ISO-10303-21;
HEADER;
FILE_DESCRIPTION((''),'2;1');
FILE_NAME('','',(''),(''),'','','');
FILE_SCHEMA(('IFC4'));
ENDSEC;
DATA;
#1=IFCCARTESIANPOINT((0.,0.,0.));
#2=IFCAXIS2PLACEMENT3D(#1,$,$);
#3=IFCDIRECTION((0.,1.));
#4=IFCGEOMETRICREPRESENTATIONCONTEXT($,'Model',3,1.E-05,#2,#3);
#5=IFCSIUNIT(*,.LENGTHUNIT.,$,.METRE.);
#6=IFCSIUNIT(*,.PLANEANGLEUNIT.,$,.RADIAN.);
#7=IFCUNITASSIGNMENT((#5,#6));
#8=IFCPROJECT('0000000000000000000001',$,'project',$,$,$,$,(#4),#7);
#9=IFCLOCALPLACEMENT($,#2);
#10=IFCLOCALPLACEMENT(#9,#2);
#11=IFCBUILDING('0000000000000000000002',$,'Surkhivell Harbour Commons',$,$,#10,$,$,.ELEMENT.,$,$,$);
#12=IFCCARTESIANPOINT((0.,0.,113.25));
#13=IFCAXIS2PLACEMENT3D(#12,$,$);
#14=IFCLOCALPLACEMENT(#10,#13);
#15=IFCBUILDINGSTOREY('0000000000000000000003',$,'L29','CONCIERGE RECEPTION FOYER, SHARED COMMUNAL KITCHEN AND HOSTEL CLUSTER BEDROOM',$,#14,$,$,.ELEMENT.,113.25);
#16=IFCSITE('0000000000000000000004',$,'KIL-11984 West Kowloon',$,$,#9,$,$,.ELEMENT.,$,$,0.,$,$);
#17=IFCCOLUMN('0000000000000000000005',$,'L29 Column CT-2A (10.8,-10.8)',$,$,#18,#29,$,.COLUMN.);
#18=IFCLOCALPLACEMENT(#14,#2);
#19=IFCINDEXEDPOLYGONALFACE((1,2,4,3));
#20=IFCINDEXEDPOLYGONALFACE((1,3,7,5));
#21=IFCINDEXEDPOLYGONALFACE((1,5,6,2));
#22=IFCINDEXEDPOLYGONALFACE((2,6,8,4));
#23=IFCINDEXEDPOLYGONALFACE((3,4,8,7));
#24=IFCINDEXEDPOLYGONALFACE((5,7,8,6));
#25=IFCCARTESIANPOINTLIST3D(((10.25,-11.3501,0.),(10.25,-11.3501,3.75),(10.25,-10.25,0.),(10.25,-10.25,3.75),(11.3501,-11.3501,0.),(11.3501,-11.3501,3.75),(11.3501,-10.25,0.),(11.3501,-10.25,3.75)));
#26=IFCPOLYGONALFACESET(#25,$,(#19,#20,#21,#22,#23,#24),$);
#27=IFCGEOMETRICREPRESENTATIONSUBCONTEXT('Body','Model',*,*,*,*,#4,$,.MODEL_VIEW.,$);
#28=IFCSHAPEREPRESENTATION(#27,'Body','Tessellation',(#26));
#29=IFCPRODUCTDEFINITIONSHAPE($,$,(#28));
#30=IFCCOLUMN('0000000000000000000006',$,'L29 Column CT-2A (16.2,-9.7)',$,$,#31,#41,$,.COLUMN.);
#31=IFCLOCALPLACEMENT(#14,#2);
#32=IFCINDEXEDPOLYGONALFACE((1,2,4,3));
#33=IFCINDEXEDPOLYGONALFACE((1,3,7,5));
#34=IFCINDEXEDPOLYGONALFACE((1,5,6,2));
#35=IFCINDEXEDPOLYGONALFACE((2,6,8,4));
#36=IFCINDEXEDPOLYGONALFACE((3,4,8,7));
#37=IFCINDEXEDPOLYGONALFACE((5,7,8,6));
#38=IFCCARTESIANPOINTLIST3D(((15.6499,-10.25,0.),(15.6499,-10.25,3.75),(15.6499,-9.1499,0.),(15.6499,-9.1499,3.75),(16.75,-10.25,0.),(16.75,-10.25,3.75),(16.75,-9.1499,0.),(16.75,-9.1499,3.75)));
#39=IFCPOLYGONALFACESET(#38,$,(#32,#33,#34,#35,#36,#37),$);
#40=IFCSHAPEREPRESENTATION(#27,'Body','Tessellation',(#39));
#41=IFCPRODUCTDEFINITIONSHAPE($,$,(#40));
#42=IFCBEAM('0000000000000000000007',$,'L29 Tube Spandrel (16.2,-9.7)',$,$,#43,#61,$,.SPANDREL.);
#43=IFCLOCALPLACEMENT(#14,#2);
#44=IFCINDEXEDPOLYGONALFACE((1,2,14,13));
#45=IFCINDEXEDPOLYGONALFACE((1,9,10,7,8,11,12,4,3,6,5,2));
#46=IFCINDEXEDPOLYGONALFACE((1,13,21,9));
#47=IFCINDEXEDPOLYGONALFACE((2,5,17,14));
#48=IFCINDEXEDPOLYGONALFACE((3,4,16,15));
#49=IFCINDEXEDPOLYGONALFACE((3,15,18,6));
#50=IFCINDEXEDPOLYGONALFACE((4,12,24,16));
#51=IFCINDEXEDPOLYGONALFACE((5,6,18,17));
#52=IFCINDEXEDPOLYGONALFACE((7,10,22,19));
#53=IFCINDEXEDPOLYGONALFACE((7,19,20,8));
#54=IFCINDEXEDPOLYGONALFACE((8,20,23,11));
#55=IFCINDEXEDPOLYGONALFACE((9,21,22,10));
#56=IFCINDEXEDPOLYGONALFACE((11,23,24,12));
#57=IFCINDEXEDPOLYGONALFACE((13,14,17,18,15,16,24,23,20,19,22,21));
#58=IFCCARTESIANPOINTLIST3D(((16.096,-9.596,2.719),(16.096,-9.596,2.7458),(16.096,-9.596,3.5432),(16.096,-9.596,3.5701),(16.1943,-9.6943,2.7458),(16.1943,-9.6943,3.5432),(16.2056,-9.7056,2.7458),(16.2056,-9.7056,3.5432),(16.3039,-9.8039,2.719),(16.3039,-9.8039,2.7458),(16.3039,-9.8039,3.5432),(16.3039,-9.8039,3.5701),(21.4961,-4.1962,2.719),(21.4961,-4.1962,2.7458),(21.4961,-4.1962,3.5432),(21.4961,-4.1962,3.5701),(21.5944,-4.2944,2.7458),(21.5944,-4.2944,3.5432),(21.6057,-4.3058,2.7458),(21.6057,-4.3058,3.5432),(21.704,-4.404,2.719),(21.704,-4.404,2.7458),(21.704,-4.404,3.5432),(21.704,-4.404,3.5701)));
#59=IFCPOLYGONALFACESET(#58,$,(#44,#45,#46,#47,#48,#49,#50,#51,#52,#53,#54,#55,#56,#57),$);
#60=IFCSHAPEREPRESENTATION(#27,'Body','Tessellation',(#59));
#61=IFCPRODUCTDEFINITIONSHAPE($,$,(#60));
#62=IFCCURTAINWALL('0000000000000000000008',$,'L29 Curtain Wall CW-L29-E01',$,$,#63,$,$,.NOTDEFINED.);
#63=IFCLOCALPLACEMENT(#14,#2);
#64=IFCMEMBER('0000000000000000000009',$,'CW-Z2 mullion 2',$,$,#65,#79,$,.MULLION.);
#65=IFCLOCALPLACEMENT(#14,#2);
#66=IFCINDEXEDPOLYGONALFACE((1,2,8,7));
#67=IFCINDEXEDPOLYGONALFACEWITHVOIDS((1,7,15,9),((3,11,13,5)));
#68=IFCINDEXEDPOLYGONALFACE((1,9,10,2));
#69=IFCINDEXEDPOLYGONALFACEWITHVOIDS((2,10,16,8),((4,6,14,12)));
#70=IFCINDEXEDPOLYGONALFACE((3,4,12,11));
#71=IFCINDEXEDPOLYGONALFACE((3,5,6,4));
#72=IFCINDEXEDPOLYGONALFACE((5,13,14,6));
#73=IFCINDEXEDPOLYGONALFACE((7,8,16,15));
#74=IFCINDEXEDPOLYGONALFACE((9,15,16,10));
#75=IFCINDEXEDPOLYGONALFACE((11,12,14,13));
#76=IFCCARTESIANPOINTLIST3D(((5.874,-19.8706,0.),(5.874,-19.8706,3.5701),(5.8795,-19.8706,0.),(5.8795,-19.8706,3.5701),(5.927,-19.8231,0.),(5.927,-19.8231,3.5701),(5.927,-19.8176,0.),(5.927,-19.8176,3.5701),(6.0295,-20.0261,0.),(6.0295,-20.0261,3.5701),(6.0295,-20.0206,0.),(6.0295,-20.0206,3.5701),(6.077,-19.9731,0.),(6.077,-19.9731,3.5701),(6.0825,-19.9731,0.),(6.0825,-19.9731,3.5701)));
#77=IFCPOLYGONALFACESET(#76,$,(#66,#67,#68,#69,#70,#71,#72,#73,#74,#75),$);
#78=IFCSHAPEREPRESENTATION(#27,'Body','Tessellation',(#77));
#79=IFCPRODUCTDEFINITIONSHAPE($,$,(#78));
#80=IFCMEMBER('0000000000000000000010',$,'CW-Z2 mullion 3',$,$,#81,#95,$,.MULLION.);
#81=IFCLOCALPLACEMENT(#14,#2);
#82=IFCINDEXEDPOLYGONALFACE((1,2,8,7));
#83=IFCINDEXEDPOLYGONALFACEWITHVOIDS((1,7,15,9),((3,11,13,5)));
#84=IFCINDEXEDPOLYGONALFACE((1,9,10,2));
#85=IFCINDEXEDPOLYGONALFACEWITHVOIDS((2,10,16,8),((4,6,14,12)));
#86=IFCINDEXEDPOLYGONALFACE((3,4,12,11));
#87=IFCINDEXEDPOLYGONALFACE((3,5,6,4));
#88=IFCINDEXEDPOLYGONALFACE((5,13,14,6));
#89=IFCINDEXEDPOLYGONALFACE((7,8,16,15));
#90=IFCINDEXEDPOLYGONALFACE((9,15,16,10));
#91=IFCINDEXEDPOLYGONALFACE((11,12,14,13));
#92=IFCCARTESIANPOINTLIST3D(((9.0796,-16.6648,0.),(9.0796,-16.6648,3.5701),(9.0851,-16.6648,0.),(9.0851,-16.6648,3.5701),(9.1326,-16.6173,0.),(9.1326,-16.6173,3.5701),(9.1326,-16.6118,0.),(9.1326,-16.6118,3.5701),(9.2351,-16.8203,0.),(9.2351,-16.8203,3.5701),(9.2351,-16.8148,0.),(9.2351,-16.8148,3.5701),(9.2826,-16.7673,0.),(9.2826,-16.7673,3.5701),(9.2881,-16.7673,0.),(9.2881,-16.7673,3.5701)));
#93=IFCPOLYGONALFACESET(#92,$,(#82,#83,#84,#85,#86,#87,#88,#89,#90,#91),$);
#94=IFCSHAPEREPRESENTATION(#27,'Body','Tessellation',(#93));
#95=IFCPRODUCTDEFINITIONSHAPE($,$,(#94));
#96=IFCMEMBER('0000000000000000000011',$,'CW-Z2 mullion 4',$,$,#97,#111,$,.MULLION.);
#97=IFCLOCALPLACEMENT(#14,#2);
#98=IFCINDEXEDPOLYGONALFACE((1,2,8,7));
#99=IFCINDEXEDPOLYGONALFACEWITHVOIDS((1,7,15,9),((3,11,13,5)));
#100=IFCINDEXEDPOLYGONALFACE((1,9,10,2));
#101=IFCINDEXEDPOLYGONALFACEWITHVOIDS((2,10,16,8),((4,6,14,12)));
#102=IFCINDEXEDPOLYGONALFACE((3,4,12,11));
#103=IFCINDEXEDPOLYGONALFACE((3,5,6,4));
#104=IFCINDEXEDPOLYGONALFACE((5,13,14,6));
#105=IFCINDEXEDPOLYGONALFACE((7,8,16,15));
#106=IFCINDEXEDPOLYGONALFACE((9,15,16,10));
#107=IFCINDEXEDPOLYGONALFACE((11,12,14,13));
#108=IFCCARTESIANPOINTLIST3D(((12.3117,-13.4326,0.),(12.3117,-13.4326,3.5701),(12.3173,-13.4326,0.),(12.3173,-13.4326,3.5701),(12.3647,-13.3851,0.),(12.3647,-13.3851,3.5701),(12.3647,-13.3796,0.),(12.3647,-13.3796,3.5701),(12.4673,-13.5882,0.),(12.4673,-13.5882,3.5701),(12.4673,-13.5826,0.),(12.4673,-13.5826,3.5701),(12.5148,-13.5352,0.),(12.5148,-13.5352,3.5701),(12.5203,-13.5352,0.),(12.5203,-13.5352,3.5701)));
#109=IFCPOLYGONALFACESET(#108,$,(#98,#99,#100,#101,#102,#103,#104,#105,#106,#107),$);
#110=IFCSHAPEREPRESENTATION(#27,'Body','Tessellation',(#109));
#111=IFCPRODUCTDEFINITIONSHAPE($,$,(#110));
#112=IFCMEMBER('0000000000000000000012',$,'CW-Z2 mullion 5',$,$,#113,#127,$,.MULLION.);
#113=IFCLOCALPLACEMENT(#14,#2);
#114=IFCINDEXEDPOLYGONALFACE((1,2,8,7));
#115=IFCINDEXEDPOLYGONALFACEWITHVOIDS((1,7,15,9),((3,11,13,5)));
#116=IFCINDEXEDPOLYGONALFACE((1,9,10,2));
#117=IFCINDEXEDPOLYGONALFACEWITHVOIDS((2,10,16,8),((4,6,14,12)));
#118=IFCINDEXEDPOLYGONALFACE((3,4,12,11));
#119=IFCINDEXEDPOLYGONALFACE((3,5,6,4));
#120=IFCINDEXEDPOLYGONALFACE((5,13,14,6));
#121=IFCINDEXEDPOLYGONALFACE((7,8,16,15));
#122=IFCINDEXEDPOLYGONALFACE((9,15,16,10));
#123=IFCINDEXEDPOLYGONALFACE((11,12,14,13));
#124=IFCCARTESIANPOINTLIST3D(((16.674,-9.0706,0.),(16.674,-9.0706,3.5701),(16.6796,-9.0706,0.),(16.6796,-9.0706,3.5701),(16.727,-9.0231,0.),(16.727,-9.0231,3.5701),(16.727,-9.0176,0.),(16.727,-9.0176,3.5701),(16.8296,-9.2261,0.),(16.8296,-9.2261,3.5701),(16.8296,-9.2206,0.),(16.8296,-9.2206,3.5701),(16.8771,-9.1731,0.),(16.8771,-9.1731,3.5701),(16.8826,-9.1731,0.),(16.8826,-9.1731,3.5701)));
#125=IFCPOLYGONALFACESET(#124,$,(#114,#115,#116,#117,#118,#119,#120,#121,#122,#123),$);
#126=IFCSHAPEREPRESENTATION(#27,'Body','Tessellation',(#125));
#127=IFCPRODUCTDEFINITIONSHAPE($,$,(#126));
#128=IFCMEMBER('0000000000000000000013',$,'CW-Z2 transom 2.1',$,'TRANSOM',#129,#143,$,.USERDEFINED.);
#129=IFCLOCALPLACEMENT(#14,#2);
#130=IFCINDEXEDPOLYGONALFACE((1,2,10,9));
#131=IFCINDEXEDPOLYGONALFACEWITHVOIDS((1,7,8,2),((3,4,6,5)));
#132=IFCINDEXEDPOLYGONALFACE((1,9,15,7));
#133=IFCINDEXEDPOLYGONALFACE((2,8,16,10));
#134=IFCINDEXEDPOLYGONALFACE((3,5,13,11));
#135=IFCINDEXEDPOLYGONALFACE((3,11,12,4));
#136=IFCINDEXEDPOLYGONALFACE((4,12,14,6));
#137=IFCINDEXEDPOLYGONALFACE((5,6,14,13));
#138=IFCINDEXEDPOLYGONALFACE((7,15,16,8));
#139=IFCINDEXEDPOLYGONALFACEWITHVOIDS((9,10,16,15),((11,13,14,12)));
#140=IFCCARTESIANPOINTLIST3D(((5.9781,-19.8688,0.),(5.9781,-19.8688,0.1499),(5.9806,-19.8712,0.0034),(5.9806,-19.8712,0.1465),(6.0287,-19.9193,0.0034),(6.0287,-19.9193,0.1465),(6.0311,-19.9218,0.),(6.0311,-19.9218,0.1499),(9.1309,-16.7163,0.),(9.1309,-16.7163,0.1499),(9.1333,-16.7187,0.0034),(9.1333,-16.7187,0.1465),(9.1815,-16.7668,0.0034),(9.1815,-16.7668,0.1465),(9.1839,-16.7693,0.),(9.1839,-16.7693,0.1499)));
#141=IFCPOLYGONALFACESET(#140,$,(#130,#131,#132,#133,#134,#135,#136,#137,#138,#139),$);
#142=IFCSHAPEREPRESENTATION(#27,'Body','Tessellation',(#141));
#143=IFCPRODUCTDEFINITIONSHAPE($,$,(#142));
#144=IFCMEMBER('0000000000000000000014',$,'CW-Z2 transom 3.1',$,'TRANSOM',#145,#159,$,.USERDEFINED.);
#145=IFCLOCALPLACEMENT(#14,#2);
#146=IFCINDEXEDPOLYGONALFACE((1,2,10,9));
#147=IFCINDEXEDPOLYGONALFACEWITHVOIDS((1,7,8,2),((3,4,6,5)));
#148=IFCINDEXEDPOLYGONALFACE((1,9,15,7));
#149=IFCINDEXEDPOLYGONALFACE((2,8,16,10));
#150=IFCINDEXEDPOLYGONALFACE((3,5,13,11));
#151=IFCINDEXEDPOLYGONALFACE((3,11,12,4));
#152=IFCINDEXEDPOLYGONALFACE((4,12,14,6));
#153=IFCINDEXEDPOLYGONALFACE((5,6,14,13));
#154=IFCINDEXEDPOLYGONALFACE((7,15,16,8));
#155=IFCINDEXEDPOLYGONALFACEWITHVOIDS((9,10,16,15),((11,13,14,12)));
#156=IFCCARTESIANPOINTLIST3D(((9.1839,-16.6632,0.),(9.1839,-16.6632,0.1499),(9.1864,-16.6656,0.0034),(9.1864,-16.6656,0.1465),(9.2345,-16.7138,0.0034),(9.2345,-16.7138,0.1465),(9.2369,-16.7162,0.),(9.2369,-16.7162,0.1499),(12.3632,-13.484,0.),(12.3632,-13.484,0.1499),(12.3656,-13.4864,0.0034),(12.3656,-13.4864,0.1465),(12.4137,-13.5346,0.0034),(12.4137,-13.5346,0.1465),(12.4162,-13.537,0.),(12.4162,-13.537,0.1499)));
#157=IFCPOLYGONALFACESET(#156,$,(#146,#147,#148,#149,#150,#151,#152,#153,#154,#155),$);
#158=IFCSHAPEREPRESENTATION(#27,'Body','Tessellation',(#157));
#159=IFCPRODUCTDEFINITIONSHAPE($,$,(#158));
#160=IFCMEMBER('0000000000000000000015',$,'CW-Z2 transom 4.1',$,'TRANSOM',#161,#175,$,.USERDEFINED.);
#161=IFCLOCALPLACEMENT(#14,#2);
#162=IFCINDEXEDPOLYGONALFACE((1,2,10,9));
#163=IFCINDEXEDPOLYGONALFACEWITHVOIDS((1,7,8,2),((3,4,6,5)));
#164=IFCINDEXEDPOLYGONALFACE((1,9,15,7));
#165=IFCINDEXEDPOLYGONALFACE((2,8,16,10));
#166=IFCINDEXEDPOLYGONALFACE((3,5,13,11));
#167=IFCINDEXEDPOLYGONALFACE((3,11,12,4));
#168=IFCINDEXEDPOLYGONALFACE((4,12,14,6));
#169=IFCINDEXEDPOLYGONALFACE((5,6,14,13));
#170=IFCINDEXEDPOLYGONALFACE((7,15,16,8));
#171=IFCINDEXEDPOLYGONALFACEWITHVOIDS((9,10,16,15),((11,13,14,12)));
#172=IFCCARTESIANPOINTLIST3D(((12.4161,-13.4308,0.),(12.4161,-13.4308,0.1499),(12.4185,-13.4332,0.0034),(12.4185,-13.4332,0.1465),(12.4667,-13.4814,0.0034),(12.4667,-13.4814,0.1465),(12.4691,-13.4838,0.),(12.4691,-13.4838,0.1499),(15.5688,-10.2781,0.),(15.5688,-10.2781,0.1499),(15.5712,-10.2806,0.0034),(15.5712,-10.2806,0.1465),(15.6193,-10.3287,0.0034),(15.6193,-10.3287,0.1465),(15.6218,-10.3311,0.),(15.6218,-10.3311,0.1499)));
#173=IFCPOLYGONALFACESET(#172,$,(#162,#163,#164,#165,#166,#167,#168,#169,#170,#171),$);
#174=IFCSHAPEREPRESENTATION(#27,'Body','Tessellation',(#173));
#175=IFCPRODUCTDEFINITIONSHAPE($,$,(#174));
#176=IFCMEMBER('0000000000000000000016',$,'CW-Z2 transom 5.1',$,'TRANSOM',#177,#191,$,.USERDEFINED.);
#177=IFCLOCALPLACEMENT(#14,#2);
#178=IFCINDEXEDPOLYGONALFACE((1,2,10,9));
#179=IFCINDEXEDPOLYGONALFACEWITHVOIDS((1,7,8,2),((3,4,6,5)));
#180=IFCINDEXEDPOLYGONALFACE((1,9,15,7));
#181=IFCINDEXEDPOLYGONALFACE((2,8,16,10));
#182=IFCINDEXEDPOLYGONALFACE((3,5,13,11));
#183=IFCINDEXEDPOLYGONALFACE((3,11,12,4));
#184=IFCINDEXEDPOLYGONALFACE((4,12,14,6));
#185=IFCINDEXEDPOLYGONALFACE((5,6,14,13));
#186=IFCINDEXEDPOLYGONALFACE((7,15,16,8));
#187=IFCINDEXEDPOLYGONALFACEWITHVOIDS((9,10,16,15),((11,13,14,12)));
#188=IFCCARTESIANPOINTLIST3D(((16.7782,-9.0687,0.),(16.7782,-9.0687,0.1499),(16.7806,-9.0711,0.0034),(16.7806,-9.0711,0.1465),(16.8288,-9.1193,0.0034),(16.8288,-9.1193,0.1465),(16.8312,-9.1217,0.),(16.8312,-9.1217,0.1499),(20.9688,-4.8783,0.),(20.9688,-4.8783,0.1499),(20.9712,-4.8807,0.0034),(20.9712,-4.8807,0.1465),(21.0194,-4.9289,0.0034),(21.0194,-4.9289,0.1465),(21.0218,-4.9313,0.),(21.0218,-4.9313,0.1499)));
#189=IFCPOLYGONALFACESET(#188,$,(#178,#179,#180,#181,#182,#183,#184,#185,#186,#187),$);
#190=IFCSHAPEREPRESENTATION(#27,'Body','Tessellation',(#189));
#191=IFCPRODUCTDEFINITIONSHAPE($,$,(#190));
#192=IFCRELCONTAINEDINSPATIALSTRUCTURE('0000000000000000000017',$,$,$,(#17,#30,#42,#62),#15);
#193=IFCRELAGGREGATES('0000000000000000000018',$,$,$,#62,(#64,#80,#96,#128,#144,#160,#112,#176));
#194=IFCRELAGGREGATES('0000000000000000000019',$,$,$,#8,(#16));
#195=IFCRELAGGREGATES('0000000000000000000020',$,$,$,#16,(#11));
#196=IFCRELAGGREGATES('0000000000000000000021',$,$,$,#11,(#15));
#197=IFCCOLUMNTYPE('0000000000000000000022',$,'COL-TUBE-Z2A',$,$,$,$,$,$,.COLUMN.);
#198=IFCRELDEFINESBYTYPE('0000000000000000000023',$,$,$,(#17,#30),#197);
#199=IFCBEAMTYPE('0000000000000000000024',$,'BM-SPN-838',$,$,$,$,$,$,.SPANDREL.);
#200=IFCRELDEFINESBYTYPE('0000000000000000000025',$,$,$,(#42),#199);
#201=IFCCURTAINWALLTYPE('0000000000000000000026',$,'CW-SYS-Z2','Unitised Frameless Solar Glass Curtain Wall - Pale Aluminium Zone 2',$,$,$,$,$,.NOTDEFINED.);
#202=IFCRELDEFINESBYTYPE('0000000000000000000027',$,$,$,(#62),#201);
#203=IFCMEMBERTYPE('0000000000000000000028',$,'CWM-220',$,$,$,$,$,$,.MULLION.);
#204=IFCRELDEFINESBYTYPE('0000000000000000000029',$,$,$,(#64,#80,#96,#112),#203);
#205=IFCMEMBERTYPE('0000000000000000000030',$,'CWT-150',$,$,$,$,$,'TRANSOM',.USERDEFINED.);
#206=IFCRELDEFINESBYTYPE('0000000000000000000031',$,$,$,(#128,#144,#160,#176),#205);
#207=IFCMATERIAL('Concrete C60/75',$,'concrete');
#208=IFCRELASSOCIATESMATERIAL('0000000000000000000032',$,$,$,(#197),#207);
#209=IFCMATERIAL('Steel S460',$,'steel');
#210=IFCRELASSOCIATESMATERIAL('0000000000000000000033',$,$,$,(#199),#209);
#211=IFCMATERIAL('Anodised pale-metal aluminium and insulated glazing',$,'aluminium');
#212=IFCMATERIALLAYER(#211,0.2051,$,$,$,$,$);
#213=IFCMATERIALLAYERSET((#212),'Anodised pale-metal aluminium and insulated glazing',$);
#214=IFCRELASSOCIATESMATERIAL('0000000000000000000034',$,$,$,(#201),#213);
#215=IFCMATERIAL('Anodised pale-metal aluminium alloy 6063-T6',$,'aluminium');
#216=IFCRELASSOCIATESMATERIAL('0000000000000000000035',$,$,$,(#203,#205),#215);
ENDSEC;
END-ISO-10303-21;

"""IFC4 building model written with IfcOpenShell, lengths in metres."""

from ifc_helpers import new_model, si_unit, direction, frame, origin, origin_2d, place, context, subcontext, project, spatial, rectangle, hollow_rectangle, i_section, extrude, material, layer, layer_set, material_profile, profile_set, type_object, element, aggregate, save


model = new_model("IFC4")

# Units and contexts
model_context = context("Model", 3, precision=1e-05, world=origin(), true_north=direction((0.0, 1.0)))
body_context = subcontext(model_context, "Body", "Model", "MODEL_VIEW")
ifc_project = project(units=[si_unit("LENGTHUNIT", "METRE"), si_unit("PLANEANGLEUNIT", "RADIAN")], contexts=[model_context])

# Site, building, storey
site_placement = place(None, origin())
site = spatial("IfcSite", under=ifc_project, at=site_placement, Name="KIL-11984 West Kowloon", CompositionType="ELEMENT", RefElevation=0.0)
building_placement = place(site_placement, origin())
building = spatial("IfcBuilding", under=site, at=building_placement, Name="Surkhivell Harbour Commons", CompositionType="ELEMENT")
storey_placement = place(building_placement, frame((0.0, 0.0, 113.25)))
storey = spatial("IfcBuildingStorey", under=building, at=storey_placement, Name="L29", Description="CONCIERGE RECEPTION FOYER, SHARED COMMUNAL KITCHEN AND HOSTEL CLUSTER BEDROOM", CompositionType="ELEMENT", Elevation=113.25)

# Columns
ifc_material_1 = material(Name="Concrete C60/75", Category="concrete")
ifc_material_profile_1 = material_profile(ifc_material_1, rectangle(XDim=1.1001, YDim=1.1001, at=origin_2d()), Name="RC-COL-1100x1100")
ifc_profile_set_1 = profile_set([ifc_material_profile_1], Name="Concrete C60/75")
column_type = type_object("IfcColumnType", Name="COL-TUBE-Z2A", PredefinedType="COLUMN", material=ifc_profile_set_1)
for number, where, z_axis, x_axis, name in (
    (1, (10.8, -10.8, 0.0), (0.0, 0.0, 1.0), (1.0, 0.0, 0.0), "L29 Column CT-2A (10.8,-10.8)"),
    (2, (16.2, -9.7, 0.0), (0.0, 0.0, 1.0), (1.0, 0.0, 0.0), "L29 Column CT-2A (16.2,-9.7)"),
):
    element("IfcColumn", number, at=place(storey_placement, frame(where, z_axis=z_axis, x_axis=x_axis)), inside=storey, type_object=column_type, Name=name, PredefinedType="COLUMN", context=body_context, shape_type="SweptSolid", body=[
        extrude(rectangle(XDim=1.1001, YDim=1.1001, at=origin_2d()), origin(), (0.0, 0.0, 1.0), 3.75),
    ])

# Beam
ifc_material_2 = material(Name="Steel S460", Category="steel")
ifc_material_profile_2 = material_profile(ifc_material_2, i_section(OverallWidth=0.2939, OverallDepth=0.8511, WebThickness=0.0161, FlangeThickness=0.0269, at=origin_2d()), Name="UB838x292x226")
ifc_profile_set_2 = profile_set([ifc_material_profile_2], Name="Steel S460")
beam_type = type_object("IfcBeamType", Name="BM-SPN-838", PredefinedType="SPANDREL", material=ifc_profile_set_2)
beam_placement = place(storey_placement, frame((16.2, -9.7, 3.1445), z_axis=(0.707123, 0.707091, 0.0), x_axis=(-0.707091, 0.707123, 0.0)))
element("IfcBeam", 3, at=beam_placement, inside=storey, type_object=beam_type, Name="L29 Tube Spandrel (16.2,-9.7)", PredefinedType="SPANDREL", context=body_context, shape_type="SweptSolid", body=[
    extrude(i_section(OverallWidth=0.2939, OverallDepth=0.8511, WebThickness=0.0161, FlangeThickness=0.0269, at=origin_2d()), origin(), (0.0, 0.0, 1.0), 7.6367),
])

# Curtain wall, members
ifc_material_3 = material(Name="Anodised pale-metal aluminium and insulated glazing", Category="aluminium")
ifc_layer_1 = layer(ifc_material_3, 0.2051)
ifc_layer_set_1 = layer_set([ifc_layer_1], Name="Anodised pale-metal aluminium and insulated glazing")
curtain_wall_type = type_object("IfcCurtainWallType", Name="CW-SYS-Z2", Description="Unitised Frameless Solar Glass Curtain Wall - Pale Aluminium Zone 2", PredefinedType="NOTDEFINED", material=ifc_layer_set_1)
curtain_wall_placement = place(storey_placement, origin())
curtain_wall = element("IfcCurtainWall", 4, at=curtain_wall_placement, inside=storey, type_object=curtain_wall_type, Name="L29 Curtain Wall CW-L29-E01", PredefinedType="NOTDEFINED")
ifc_material_4 = material(Name="Anodised pale-metal aluminium alloy 6063-T6", Category="aluminium")
ifc_material_profile_3 = material_profile(ifc_material_4, hollow_rectangle(XDim=0.075, YDim=0.22, WallThickness=0.0039, at=origin_2d()), Name="ALU-MULL-75x220")
ifc_profile_set_3 = profile_set([ifc_material_profile_3], Name="Anodised pale-metal aluminium alloy 6063-T6")
member_type_1 = type_object("IfcMemberType", Name="CWM-220", PredefinedType="MULLION", material=ifc_profile_set_3)
member_1_placement = place(storey_placement, frame((5.9783, -19.9219, 0.0), z_axis=(0.0, 0.0, 1.0), x_axis=(0.707107, 0.707107, 0.0)))
member_1 = element("IfcMember", 5, at=member_1_placement, type_object=member_type_1, Name="CW-Z2 mullion 2", PredefinedType="MULLION", context=body_context, shape_type="SweptSolid", body=[
    extrude(hollow_rectangle(XDim=0.075, YDim=0.22, WallThickness=0.0039, at=origin_2d()), origin(), (0.0, 0.0, 1.0), 3.5701),
])
member_2_placement = place(storey_placement, frame((9.1838, -16.7161, 0.0), z_axis=(0.0, 0.0, 1.0), x_axis=(0.707107, 0.707107, 0.0)))
member_2 = element("IfcMember", 6, at=member_2_placement, type_object=member_type_1, Name="CW-Z2 mullion 3", PredefinedType="MULLION", context=body_context, shape_type="SweptSolid", body=[
    extrude(hollow_rectangle(XDim=0.075, YDim=0.22, WallThickness=0.0039, at=origin_2d()), origin(), (0.0, 0.0, 1.0), 3.5701),
])
member_3_placement = place(storey_placement, frame((12.416, -13.4839, 0.0), z_axis=(0.0, 0.0, 1.0), x_axis=(0.707107, 0.707107, 0.0)))
member_3 = element("IfcMember", 7, at=member_3_placement, type_object=member_type_1, Name="CW-Z2 mullion 4", PredefinedType="MULLION", context=body_context, shape_type="SweptSolid", body=[
    extrude(hollow_rectangle(XDim=0.075, YDim=0.22, WallThickness=0.0039, at=origin_2d()), origin(), (0.0, 0.0, 1.0), 3.5701),
])
member_4_placement = place(storey_placement, frame((16.7783, -9.1218, 0.0), z_axis=(0.0, 0.0, 1.0), x_axis=(0.707107, 0.707107, 0.0)))
member_4 = element("IfcMember", 8, at=member_4_placement, type_object=member_type_1, Name="CW-Z2 mullion 5", PredefinedType="MULLION", context=body_context, shape_type="SweptSolid", body=[
    extrude(hollow_rectangle(XDim=0.075, YDim=0.22, WallThickness=0.0039, at=origin_2d()), origin(), (0.0, 0.0, 1.0), 3.5701),
])
ifc_material_profile_4 = material_profile(ifc_material_4, hollow_rectangle(XDim=0.075, YDim=0.1499, WallThickness=0.0034, at=origin_2d()), Name="ALU-TRAN-75x150")
ifc_profile_set_4 = profile_set([ifc_material_profile_4], Name="Anodised pale-metal aluminium alloy 6063-T6")
member_type_2 = type_object("IfcMemberType", Name="CWT-150", ElementType="TRANSOM", PredefinedType="USERDEFINED", material=ifc_profile_set_4)
member_5_placement = place(storey_placement, frame((6.0046, -19.8953, 0.075), z_axis=(0.707134, 0.707079, 0.0), x_axis=(-0.707079, 0.707134, 0.0)))
member_5 = element("IfcMember", 9, at=member_5_placement, type_object=member_type_2, Name="CW-Z2 transom 2.1", ObjectType="TRANSOM", PredefinedType="USERDEFINED", context=body_context, shape_type="SweptSolid", body=[
    extrude(hollow_rectangle(XDim=0.075, YDim=0.1499, WallThickness=0.0034, at=origin_2d()), origin(), (0.0, 0.0, 1.0), 4.4585),
])
member_6_placement = place(storey_placement, frame((9.2104, -16.6897, 0.075), z_axis=(0.707107, 0.707107, 0.0), x_axis=(-0.707107, 0.707107, 0.0)))
member_6 = element("IfcMember", 10, at=member_6_placement, type_object=member_type_2, Name="CW-Z2 transom 3.1", ObjectType="TRANSOM", PredefinedType="USERDEFINED", context=body_context, shape_type="SweptSolid", body=[
    extrude(hollow_rectangle(XDim=0.075, YDim=0.1499, WallThickness=0.0034, at=origin_2d()), origin(), (0.0, 0.0, 1.0), 4.4961),
])
member_7_placement = place(storey_placement, frame((12.4426, -13.4573, 0.075), z_axis=(0.707107, 0.707107, 0.0), x_axis=(-0.707107, 0.707107, 0.0)))
member_7 = element("IfcMember", 11, at=member_7_placement, type_object=member_type_2, Name="CW-Z2 transom 4.1", ObjectType="TRANSOM", PredefinedType="USERDEFINED", context=body_context, shape_type="SweptSolid", body=[
    extrude(hollow_rectangle(XDim=0.075, YDim=0.1499, WallThickness=0.0034, at=origin_2d()), origin(), (0.0, 0.0, 1.0), 4.4585),
])
member_8_placement = place(storey_placement, frame((16.8047, -9.0952, 0.075), z_axis=(0.707127, 0.707086, 0.0), x_axis=(-0.707086, 0.707127, 0.0)))
member_8 = element("IfcMember", 12, at=member_8_placement, type_object=member_type_2, Name="CW-Z2 transom 5.1", ObjectType="TRANSOM", PredefinedType="USERDEFINED", context=body_context, shape_type="SweptSolid", body=[
    extrude(hollow_rectangle(XDim=0.075, YDim=0.1499, WallThickness=0.0034, at=origin_2d()), origin(), (0.0, 0.0, 1.0), 5.9263),
])
aggregate(curtain_wall, [member_1, member_2, member_3, member_5, member_6, member_7, member_4, member_8])

save(model, "model.ifc")
